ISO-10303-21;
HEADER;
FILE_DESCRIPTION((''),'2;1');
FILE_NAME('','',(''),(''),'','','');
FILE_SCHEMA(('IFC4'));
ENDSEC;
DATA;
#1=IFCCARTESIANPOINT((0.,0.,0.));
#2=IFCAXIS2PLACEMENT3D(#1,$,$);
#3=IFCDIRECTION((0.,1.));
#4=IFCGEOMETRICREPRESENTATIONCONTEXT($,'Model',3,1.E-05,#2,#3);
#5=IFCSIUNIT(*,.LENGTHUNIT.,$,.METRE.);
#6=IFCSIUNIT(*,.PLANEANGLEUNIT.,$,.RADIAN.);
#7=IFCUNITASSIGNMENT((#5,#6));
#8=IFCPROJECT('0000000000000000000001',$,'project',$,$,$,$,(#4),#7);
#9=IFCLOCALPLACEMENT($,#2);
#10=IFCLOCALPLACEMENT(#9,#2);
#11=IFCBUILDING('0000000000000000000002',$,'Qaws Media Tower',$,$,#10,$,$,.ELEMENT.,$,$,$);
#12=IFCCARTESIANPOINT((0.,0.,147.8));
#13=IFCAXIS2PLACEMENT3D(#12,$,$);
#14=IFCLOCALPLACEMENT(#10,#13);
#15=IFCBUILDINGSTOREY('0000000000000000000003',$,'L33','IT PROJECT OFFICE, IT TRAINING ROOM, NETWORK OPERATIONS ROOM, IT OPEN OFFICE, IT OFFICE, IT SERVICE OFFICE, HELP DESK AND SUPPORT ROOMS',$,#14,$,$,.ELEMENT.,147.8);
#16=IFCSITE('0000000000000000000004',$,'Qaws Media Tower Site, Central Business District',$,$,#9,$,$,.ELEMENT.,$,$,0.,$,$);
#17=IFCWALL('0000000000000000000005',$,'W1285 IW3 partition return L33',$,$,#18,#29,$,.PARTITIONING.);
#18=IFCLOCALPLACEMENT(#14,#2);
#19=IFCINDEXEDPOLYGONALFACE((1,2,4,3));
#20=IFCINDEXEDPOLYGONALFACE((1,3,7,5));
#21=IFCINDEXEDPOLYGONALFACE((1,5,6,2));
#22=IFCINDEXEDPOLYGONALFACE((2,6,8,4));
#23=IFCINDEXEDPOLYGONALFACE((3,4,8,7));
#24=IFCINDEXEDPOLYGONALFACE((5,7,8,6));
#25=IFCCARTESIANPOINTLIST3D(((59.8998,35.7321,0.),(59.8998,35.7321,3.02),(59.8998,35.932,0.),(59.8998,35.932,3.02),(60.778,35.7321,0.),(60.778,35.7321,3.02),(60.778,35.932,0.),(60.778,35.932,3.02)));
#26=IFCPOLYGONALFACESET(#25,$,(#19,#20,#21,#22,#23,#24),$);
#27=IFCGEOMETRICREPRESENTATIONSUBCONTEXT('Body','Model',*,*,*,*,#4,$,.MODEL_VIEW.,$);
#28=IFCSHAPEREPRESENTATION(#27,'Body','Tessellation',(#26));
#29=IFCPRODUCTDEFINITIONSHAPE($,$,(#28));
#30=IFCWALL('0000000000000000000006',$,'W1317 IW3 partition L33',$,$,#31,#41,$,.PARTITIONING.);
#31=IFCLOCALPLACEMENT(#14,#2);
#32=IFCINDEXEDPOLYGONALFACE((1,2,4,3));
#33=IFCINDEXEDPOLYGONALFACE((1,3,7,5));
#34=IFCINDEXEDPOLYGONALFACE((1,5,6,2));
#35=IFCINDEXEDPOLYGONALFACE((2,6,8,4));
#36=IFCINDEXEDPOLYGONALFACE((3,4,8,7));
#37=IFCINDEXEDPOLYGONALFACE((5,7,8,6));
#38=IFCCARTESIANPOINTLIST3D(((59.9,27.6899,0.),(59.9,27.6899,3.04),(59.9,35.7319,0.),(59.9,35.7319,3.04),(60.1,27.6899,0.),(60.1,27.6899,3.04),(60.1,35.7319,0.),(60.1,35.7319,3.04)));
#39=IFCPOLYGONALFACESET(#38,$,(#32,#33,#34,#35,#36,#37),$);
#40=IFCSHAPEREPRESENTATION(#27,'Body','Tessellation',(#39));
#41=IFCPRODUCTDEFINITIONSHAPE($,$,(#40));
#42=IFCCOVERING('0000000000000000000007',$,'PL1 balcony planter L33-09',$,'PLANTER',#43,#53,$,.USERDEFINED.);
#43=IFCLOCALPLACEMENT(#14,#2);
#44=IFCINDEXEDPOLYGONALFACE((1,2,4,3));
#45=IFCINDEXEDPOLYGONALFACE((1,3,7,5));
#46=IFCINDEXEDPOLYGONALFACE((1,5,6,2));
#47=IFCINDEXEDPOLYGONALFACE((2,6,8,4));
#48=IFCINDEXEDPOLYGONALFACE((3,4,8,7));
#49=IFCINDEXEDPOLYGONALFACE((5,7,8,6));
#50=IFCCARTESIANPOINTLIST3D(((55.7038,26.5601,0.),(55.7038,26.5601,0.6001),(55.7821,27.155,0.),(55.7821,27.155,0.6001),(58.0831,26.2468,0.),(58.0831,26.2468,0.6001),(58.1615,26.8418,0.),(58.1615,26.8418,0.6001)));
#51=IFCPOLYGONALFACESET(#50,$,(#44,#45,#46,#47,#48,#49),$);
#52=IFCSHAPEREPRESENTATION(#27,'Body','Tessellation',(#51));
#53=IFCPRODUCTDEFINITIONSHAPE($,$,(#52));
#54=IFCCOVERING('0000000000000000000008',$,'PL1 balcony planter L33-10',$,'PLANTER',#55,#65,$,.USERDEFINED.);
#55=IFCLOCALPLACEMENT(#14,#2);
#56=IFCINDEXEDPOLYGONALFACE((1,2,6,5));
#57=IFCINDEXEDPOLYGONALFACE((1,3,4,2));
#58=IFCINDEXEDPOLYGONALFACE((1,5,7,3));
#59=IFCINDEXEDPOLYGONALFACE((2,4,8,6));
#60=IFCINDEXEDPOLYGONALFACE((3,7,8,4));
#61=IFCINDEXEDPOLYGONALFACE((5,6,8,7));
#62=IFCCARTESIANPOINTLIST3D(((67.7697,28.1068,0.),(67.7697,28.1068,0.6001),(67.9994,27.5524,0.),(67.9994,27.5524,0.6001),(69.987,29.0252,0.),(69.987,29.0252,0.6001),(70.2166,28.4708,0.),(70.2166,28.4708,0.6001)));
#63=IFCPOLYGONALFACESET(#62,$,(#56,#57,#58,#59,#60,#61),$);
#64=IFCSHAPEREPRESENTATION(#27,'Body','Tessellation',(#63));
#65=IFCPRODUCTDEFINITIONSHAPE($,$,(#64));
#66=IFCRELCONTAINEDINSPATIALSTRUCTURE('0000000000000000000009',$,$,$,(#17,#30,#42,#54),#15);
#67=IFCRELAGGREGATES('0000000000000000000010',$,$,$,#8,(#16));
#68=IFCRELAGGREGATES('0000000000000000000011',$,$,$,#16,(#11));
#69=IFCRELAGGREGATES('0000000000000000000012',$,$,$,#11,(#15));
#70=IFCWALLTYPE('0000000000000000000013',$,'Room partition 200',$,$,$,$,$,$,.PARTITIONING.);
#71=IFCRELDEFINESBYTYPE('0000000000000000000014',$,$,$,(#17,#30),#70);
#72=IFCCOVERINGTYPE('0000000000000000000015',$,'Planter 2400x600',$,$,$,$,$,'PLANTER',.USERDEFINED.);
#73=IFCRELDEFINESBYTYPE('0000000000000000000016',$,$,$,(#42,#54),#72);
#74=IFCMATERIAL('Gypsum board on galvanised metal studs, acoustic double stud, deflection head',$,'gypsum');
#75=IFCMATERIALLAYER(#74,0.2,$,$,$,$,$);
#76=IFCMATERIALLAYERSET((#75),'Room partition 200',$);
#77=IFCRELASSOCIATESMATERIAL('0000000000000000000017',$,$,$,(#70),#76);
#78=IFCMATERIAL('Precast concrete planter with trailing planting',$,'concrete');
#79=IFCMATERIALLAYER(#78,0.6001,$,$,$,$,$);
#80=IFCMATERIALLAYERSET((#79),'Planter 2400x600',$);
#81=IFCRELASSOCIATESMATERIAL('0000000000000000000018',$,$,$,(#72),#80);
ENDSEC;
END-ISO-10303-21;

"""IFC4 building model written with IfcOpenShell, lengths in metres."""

from ifc_helpers import new_model, si_unit, direction, frame, frame_2d, origin, origin_2d, place, context, subcontext, project, spatial, rectangle, extrude, material, layer, layer_set, type_object, element, save


model = new_model("IFC4")

# Units and contexts
model_context = context("Model", 3, precision=1e-05, world=origin(), true_north=direction((0.0, 1.0)))
body_context = subcontext(model_context, "Body", "Model", "MODEL_VIEW")
ifc_project = project(units=[si_unit("LENGTHUNIT", "METRE"), si_unit("PLANEANGLEUNIT", "RADIAN")], contexts=[model_context])

# Site, building, storey
site_placement = place(None, origin())
site = spatial("IfcSite", under=ifc_project, at=site_placement, Name="Qaws Media Tower Site, Central Business District", CompositionType="ELEMENT", RefElevation=0.0)
building_placement = place(site_placement, origin())
building = spatial("IfcBuilding", under=site, at=building_placement, Name="Qaws Media Tower", CompositionType="ELEMENT")
storey_placement = place(building_placement, frame((0.0, 0.0, 147.8)))
storey = spatial("IfcBuildingStorey", under=building, at=storey_placement, Name="L33", Description="IT PROJECT OFFICE, IT TRAINING ROOM, NETWORK OPERATIONS ROOM, IT OPEN OFFICE, IT OFFICE, IT SERVICE OFFICE, HELP DESK AND SUPPORT ROOMS", CompositionType="ELEMENT", Elevation=147.8)

# Walls
ifc_material_1 = material(Name="Gypsum board on galvanised metal studs, acoustic double stud, deflection head", Category="gypsum")
ifc_layer_1 = layer(ifc_material_1, 0.2)
ifc_layer_set_1 = layer_set([ifc_layer_1], Name="Room partition 200")
wall_type_1 = type_object("IfcWallType", Name="Room partition 200", PredefinedType="PARTITIONING", material=ifc_layer_set_1)
wall_1_placement = place(storey_placement, frame((59.8999, 35.832, 0.0), z_axis=(0.0, 0.0, 1.0), x_axis=(1.0, 0.0, 0.0)))
element("IfcWall", 1, at=wall_1_placement, inside=storey, type_object=wall_type_1, Name="W1285 IW3 partition return L33", PredefinedType="PARTITIONING", context=body_context, shape_type="SweptSolid", body=[
    extrude(rectangle(XDim=0.8782, YDim=0.2, at=frame_2d((0.439, 0.0))), origin(), (0.0, 0.0, 1.0), 3.02),
])
wall_2_placement = place(storey_placement, frame((60.0, 35.7319, 0.0), z_axis=(0.0, 0.0, 1.0), x_axis=(0.0, -1.0, 0.0)))
element("IfcWall", 2, at=wall_2_placement, inside=storey, type_object=wall_type_1, Name="W1317 IW3 partition L33", PredefinedType="PARTITIONING", context=body_context, shape_type="SweptSolid", body=[
    extrude(rectangle(XDim=8.042, YDim=0.2, at=frame_2d((4.021, 0.0))), origin(), (0.0, 0.0, 1.0), 3.04),
])

# Coverings
ifc_material_2 = material(Name="Precast concrete planter with trailing planting", Category="concrete")
ifc_layer_2 = layer(ifc_material_2, 0.6001)
ifc_layer_set_2 = layer_set([ifc_layer_2], Name="Planter 2400x600")
covering_type = type_object("IfcCoveringType", Name="Planter 2400x600", ElementType="PLANTER", PredefinedType="USERDEFINED", material=ifc_layer_set_2)
for number, where, z_axis, x_axis, name in (
    (3, (56.9326, 26.7009, 0.0), (0.0, 0.0, 1.0), (0.991445, -0.130526, 0.0), "PL1 balcony planter L33-09"),
    (4, (68.9932, 28.2888, 0.0), (0.0, 0.0, 1.0), (0.92388, 0.382683, 0.0), "PL1 balcony planter L33-10"),
):
    element("IfcCovering", number, at=place(storey_placement, frame(where, z_axis=z_axis, x_axis=x_axis)), inside=storey, type_object=covering_type, Name=name, ObjectType="PLANTER", PredefinedType="USERDEFINED", context=body_context, shape_type="SweptSolid", body=[
        extrude(rectangle(XDim=2.3999, YDim=0.6001, at=origin_2d()), origin(), (0.0, 0.0, 1.0), 0.6001),
    ])

save(model, "model.ifc")
